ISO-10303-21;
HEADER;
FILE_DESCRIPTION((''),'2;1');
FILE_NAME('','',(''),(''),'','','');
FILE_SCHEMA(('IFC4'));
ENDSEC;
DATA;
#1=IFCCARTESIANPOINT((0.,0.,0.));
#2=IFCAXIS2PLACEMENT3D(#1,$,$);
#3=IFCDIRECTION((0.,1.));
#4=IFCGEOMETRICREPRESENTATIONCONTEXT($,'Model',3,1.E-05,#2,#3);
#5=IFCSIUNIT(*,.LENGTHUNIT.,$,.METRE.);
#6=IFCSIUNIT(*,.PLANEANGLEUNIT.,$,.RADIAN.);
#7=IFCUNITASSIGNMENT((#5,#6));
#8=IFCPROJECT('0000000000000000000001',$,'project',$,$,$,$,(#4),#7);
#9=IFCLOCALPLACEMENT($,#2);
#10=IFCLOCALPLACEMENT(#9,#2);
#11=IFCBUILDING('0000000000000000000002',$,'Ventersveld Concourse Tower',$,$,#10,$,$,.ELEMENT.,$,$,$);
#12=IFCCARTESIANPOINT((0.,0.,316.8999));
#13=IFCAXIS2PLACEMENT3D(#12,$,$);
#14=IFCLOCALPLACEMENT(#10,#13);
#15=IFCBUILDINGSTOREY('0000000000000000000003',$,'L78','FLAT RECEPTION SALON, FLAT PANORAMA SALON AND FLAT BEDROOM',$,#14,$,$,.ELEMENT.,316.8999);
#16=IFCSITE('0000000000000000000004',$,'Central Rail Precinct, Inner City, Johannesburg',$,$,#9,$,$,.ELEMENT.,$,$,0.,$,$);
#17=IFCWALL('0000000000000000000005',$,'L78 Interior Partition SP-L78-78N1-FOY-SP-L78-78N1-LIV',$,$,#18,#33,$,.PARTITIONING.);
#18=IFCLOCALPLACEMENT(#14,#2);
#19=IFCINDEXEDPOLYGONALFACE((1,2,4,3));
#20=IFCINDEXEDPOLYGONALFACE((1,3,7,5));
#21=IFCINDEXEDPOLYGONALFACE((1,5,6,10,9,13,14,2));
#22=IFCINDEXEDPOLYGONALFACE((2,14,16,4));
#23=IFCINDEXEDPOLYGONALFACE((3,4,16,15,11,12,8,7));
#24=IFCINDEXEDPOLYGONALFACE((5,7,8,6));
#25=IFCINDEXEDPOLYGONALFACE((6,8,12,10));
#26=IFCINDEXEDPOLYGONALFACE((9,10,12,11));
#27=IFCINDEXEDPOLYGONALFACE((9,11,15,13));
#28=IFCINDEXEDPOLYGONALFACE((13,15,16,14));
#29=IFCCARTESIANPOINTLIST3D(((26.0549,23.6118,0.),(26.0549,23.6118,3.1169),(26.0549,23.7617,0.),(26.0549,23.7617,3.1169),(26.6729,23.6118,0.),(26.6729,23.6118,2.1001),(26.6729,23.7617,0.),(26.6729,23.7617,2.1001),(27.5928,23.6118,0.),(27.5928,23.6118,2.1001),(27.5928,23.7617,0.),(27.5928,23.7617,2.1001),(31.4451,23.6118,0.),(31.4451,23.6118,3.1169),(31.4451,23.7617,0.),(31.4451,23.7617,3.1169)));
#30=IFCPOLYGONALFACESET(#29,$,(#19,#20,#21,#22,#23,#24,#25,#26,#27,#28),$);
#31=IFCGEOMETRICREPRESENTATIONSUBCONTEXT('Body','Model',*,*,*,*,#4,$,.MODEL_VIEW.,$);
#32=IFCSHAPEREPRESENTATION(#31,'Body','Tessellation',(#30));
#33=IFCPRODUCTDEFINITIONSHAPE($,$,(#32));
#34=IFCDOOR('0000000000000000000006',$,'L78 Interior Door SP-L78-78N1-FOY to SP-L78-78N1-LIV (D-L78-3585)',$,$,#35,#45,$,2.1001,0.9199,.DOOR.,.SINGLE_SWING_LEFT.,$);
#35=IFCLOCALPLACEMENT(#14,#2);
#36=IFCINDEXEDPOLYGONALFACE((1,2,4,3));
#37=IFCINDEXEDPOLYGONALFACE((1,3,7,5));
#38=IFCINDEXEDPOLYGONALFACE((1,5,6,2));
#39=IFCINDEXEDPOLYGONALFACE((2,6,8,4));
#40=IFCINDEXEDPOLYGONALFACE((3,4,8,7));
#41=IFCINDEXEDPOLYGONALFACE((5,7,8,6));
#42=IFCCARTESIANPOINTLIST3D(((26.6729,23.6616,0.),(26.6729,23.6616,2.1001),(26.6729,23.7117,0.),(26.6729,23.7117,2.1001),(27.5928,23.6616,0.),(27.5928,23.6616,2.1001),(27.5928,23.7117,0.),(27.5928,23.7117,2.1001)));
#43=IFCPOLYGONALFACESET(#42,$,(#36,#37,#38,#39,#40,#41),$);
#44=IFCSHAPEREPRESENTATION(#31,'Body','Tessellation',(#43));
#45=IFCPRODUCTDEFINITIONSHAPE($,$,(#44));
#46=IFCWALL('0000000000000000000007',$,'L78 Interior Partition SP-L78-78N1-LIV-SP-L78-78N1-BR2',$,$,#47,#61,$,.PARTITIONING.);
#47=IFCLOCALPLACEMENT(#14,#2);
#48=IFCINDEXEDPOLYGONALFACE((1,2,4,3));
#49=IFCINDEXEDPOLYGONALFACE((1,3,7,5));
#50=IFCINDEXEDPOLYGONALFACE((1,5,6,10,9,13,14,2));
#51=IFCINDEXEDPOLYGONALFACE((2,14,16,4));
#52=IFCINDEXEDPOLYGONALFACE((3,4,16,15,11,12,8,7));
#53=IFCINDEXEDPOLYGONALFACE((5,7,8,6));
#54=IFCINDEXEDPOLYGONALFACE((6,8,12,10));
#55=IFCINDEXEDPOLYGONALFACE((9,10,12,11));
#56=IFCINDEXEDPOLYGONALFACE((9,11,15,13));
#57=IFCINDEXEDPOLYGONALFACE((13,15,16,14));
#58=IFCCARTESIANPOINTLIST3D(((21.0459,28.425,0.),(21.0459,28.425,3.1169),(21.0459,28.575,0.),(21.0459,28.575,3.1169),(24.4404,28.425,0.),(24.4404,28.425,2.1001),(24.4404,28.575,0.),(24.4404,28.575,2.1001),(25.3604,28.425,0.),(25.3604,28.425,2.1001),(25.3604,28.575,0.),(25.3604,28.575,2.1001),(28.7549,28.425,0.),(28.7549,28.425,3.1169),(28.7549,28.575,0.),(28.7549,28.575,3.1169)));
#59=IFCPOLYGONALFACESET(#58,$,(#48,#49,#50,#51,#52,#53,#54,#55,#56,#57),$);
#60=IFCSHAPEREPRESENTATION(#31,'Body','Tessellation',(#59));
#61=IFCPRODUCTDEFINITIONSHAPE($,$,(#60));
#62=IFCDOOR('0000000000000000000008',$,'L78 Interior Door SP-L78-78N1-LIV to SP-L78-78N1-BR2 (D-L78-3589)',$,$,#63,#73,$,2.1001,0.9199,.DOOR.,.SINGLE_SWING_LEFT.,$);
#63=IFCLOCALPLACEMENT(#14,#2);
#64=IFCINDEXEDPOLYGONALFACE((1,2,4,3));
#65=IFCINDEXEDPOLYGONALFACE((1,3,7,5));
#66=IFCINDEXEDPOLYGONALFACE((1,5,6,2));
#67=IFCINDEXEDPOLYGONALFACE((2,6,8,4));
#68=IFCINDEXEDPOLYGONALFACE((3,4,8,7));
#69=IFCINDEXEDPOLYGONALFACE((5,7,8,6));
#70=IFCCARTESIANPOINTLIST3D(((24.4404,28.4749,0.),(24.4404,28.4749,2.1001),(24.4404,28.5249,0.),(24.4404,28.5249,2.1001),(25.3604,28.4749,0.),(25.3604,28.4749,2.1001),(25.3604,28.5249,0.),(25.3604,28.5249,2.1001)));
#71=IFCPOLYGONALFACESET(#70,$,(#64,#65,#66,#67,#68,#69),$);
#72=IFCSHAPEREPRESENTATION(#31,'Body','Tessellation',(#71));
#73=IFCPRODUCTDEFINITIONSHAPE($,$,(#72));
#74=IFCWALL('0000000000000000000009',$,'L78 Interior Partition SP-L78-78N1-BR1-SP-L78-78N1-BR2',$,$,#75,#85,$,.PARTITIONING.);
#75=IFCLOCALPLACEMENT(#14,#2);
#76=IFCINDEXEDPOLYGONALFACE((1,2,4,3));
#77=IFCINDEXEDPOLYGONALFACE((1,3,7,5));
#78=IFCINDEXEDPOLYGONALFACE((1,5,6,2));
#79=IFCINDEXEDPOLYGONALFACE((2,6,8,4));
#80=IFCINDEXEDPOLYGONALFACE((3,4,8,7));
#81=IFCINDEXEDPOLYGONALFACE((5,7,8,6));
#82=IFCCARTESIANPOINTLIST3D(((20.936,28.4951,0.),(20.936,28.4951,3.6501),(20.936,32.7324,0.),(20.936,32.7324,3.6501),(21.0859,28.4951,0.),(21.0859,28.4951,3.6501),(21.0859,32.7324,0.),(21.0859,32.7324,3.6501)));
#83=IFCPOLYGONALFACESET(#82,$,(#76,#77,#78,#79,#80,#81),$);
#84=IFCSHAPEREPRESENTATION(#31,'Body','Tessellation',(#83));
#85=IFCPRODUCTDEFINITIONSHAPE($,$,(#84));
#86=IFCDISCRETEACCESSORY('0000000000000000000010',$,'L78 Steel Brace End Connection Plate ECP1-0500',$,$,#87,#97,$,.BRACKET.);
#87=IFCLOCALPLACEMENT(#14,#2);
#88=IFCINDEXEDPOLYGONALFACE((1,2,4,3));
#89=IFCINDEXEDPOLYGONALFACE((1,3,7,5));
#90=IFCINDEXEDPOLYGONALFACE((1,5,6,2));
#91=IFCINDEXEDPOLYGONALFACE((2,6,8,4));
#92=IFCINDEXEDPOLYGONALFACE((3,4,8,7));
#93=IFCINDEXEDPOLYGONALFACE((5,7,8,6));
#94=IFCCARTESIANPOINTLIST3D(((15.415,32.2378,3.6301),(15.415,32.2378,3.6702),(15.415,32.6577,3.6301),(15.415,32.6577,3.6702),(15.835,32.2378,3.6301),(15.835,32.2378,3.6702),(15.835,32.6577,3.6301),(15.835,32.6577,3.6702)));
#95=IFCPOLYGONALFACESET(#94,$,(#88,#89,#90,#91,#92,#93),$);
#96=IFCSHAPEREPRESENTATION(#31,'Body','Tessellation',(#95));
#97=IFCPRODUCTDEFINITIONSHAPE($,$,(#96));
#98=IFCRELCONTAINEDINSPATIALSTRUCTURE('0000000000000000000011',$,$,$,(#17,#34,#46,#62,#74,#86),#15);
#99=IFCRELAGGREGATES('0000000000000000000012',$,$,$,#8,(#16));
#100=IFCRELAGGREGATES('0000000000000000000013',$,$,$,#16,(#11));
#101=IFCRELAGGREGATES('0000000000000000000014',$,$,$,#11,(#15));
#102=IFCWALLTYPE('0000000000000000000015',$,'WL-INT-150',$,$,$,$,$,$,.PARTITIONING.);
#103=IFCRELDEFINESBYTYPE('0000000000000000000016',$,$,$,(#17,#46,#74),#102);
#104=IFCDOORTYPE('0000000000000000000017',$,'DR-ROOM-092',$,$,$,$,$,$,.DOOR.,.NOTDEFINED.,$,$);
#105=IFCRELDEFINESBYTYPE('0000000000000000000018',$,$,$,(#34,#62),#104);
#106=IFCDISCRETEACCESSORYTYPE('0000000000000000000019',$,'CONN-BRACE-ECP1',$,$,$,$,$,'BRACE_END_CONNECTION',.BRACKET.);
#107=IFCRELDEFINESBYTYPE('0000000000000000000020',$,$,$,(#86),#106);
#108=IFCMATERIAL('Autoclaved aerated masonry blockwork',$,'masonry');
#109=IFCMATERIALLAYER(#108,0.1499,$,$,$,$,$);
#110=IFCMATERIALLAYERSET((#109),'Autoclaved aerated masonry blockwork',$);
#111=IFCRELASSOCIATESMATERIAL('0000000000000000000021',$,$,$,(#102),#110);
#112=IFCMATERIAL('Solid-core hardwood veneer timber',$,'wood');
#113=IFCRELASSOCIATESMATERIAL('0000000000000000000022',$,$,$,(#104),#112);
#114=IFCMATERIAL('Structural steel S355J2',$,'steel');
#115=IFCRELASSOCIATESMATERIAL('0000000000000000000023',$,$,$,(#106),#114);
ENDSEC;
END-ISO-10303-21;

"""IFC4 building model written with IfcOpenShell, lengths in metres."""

from ifc_helpers import new_model, si_unit, direction, frame, frame_2d, origin, origin_2d, place, context, subcontext, project, spatial, rectangle, extrude, material, layer, layer_set, type_object, element, fill, save


model = new_model("IFC4")

# Units and contexts
model_context = context("Model", 3, precision=1e-05, world=origin(), true_north=direction((0.0, 1.0)))
body_context = subcontext(model_context, "Body", "Model", "MODEL_VIEW")
ifc_project = project(units=[si_unit("LENGTHUNIT", "METRE"), si_unit("PLANEANGLEUNIT", "RADIAN")], contexts=[model_context])

# Site, building, storey
site_placement = place(None, origin())
site = spatial("IfcSite", under=ifc_project, at=site_placement, Name="Central Rail Precinct, Inner City, Johannesburg", CompositionType="ELEMENT", RefElevation=0.0)
building_placement = place(site_placement, origin())
building = spatial("IfcBuilding", under=site, at=building_placement, Name="Ventersveld Concourse Tower", CompositionType="ELEMENT")
storey_placement = place(building_placement, frame((0.0, 0.0, 316.8999)))
storey = spatial("IfcBuildingStorey", under=building, at=storey_placement, Name="L78", Description="FLAT RECEPTION SALON, FLAT PANORAMA SALON AND FLAT BEDROOM", CompositionType="ELEMENT", Elevation=316.8999)

# Shared definitions
ifc_material_1 = material(Name="Structural steel S355J2", Category="steel")

# Walls, openings, doors
ifc_material_2 = material(Name="Autoclaved aerated masonry blockwork", Category="masonry")
ifc_layer_1 = layer(ifc_material_2, 0.1499)
ifc_layer_set_1 = layer_set([ifc_layer_1], Name="Autoclaved aerated masonry blockwork")
wall_type = type_object("IfcWallType", Name="WL-INT-150", PredefinedType="PARTITIONING", material=ifc_layer_set_1)
ifc_material_3 = material(Name="Solid-core hardwood veneer timber", Category="wood")
door_type = type_object("IfcDoorType", Name="DR-ROOM-092", OperationType="NOTDEFINED", PredefinedType="DOOR", material=ifc_material_3)
wall_1_placement = place(storey_placement, frame((26.0549, 23.6868, 0.0), z_axis=(0.0, 0.0, 1.0), x_axis=(1.0, 0.0, 0.0)))
wall_1 = element("IfcWall", 1, at=wall_1_placement, inside=storey, type_object=wall_type, Name="L78 Interior Partition SP-L78-78N1-FOY-SP-L78-78N1-LIV", PredefinedType="PARTITIONING", context=body_context, shape_type="SweptSolid", body=[
    extrude(rectangle(XDim=5.3901, YDim=0.1499, at=frame_2d((2.6951, 0.0))), origin(), (0.0, 0.0, 1.0), 3.1169),
])
opening_1_placement = place(wall_1_placement, frame((0.6179, 0.0, 0.0)))
opening_1 = element("IfcOpeningElement", 2, at=opening_1_placement, cuts=wall_1, PredefinedType="OPENING", context=body_context, shape_type="SweptSolid", body=[
    extrude(rectangle(XDim=0.9199, YDim=2.1001, at=frame_2d((0.46, 1.05))), frame((0.0, 0.085, 0.0), z_axis=(0.0, -1.0, 0.0), x_axis=(1.0, 0.0, 0.0)), (0.0, 0.0, 1.0), 0.1699),
])
door_1_placement = place(opening_1_placement, origin())
door_1 = element("IfcDoor", 3, at=door_1_placement, inside=storey, type_object=door_type, Name="L78 Interior Door SP-L78-78N1-FOY to SP-L78-78N1-LIV (D-L78-3585)", OperationType="SINGLE_SWING_LEFT", OverallHeight=2.1001, OverallWidth=0.9199, PredefinedType="DOOR", context=body_context, shape_type="SweptSolid", body=[
    extrude(rectangle(XDim=0.9199, YDim=2.1001, at=frame_2d((0.46, 1.05))), frame((0.0, 0.0249, 0.0), z_axis=(0.0, -1.0, 0.0), x_axis=(1.0, 0.0, 0.0)), (0.0, 0.0, 1.0), 0.05),
])
fill(opening_1, door_1)
wall_2_placement = place(storey_placement, frame((21.0459, 28.5, 0.0), z_axis=(0.0, 0.0, 1.0), x_axis=(1.0, 0.0, 0.0)))
wall_2 = element("IfcWall", 4, at=wall_2_placement, inside=storey, type_object=wall_type, Name="L78 Interior Partition SP-L78-78N1-LIV-SP-L78-78N1-BR2", PredefinedType="PARTITIONING", context=body_context, shape_type="SweptSolid", body=[
    extrude(rectangle(XDim=7.709, YDim=0.1499, at=frame_2d((3.8545, 0.0))), origin(), (0.0, 0.0, 1.0), 3.1169),
])
opening_2_placement = place(wall_2_placement, frame((3.3945, 0.0, 0.0)))
opening_2 = element("IfcOpeningElement", 5, at=opening_2_placement, cuts=wall_2, PredefinedType="OPENING", context=body_context, shape_type="SweptSolid", body=[
    extrude(rectangle(XDim=0.9199, YDim=2.1001, at=frame_2d((0.46, 1.05))), frame((0.0, 0.085, 0.0), z_axis=(0.0, -1.0, 0.0), x_axis=(1.0, 0.0, 0.0)), (0.0, 0.0, 1.0), 0.1699),
])
door_2_placement = place(opening_2_placement, origin())
door_2 = element("IfcDoor", 6, at=door_2_placement, inside=storey, type_object=door_type, Name="L78 Interior Door SP-L78-78N1-LIV to SP-L78-78N1-BR2 (D-L78-3589)", OperationType="SINGLE_SWING_LEFT", OverallHeight=2.1001, OverallWidth=0.9199, PredefinedType="DOOR", context=body_context, shape_type="SweptSolid", body=[
    extrude(rectangle(XDim=0.9199, YDim=2.1001, at=frame_2d((0.46, 1.05))), frame((0.0, 0.0249, 0.0), z_axis=(0.0, -1.0, 0.0), x_axis=(1.0, 0.0, 0.0)), (0.0, 0.0, 1.0), 0.05),
])
fill(opening_2, door_2)

# Wall
wall_3_placement = place(storey_placement, frame((21.011, 28.4951, 0.0), z_axis=(0.0, 0.0, 1.0), x_axis=(0.0, 1.0, 0.0)))
element("IfcWall", 7, at=wall_3_placement, inside=storey, type_object=wall_type, Name="L78 Interior Partition SP-L78-78N1-BR1-SP-L78-78N1-BR2", PredefinedType="PARTITIONING", context=body_context, shape_type="SweptSolid", body=[
    extrude(rectangle(XDim=4.2373, YDim=0.1499, at=frame_2d((2.1187, 0.0))), origin(), (0.0, 0.0, 1.0), 3.6501),
])

# Discrete accessory
discrete_accessory_type = type_object("IfcDiscreteAccessoryType", Name="CONN-BRACE-ECP1", ElementType="BRACE_END_CONNECTION", PredefinedType="BRACKET", material=ifc_material_1)
discrete_accessory_placement = place(storey_placement, frame((15.625, 32.4478, 3.6301), z_axis=(0.0, 0.0, 1.0), x_axis=(1.0, 0.0, 0.0)))
element("IfcDiscreteAccessory", 8, at=discrete_accessory_placement, inside=storey, type_object=discrete_accessory_type, Name="L78 Steel Brace End Connection Plate ECP1-0500", PredefinedType="BRACKET", context=body_context, shape_type="SweptSolid", body=[
    extrude(rectangle(XDim=0.4199, YDim=0.4199, at=origin_2d()), origin(), (0.0, 0.0, 1.0), 0.04),
])

save(model, "model.ifc")
